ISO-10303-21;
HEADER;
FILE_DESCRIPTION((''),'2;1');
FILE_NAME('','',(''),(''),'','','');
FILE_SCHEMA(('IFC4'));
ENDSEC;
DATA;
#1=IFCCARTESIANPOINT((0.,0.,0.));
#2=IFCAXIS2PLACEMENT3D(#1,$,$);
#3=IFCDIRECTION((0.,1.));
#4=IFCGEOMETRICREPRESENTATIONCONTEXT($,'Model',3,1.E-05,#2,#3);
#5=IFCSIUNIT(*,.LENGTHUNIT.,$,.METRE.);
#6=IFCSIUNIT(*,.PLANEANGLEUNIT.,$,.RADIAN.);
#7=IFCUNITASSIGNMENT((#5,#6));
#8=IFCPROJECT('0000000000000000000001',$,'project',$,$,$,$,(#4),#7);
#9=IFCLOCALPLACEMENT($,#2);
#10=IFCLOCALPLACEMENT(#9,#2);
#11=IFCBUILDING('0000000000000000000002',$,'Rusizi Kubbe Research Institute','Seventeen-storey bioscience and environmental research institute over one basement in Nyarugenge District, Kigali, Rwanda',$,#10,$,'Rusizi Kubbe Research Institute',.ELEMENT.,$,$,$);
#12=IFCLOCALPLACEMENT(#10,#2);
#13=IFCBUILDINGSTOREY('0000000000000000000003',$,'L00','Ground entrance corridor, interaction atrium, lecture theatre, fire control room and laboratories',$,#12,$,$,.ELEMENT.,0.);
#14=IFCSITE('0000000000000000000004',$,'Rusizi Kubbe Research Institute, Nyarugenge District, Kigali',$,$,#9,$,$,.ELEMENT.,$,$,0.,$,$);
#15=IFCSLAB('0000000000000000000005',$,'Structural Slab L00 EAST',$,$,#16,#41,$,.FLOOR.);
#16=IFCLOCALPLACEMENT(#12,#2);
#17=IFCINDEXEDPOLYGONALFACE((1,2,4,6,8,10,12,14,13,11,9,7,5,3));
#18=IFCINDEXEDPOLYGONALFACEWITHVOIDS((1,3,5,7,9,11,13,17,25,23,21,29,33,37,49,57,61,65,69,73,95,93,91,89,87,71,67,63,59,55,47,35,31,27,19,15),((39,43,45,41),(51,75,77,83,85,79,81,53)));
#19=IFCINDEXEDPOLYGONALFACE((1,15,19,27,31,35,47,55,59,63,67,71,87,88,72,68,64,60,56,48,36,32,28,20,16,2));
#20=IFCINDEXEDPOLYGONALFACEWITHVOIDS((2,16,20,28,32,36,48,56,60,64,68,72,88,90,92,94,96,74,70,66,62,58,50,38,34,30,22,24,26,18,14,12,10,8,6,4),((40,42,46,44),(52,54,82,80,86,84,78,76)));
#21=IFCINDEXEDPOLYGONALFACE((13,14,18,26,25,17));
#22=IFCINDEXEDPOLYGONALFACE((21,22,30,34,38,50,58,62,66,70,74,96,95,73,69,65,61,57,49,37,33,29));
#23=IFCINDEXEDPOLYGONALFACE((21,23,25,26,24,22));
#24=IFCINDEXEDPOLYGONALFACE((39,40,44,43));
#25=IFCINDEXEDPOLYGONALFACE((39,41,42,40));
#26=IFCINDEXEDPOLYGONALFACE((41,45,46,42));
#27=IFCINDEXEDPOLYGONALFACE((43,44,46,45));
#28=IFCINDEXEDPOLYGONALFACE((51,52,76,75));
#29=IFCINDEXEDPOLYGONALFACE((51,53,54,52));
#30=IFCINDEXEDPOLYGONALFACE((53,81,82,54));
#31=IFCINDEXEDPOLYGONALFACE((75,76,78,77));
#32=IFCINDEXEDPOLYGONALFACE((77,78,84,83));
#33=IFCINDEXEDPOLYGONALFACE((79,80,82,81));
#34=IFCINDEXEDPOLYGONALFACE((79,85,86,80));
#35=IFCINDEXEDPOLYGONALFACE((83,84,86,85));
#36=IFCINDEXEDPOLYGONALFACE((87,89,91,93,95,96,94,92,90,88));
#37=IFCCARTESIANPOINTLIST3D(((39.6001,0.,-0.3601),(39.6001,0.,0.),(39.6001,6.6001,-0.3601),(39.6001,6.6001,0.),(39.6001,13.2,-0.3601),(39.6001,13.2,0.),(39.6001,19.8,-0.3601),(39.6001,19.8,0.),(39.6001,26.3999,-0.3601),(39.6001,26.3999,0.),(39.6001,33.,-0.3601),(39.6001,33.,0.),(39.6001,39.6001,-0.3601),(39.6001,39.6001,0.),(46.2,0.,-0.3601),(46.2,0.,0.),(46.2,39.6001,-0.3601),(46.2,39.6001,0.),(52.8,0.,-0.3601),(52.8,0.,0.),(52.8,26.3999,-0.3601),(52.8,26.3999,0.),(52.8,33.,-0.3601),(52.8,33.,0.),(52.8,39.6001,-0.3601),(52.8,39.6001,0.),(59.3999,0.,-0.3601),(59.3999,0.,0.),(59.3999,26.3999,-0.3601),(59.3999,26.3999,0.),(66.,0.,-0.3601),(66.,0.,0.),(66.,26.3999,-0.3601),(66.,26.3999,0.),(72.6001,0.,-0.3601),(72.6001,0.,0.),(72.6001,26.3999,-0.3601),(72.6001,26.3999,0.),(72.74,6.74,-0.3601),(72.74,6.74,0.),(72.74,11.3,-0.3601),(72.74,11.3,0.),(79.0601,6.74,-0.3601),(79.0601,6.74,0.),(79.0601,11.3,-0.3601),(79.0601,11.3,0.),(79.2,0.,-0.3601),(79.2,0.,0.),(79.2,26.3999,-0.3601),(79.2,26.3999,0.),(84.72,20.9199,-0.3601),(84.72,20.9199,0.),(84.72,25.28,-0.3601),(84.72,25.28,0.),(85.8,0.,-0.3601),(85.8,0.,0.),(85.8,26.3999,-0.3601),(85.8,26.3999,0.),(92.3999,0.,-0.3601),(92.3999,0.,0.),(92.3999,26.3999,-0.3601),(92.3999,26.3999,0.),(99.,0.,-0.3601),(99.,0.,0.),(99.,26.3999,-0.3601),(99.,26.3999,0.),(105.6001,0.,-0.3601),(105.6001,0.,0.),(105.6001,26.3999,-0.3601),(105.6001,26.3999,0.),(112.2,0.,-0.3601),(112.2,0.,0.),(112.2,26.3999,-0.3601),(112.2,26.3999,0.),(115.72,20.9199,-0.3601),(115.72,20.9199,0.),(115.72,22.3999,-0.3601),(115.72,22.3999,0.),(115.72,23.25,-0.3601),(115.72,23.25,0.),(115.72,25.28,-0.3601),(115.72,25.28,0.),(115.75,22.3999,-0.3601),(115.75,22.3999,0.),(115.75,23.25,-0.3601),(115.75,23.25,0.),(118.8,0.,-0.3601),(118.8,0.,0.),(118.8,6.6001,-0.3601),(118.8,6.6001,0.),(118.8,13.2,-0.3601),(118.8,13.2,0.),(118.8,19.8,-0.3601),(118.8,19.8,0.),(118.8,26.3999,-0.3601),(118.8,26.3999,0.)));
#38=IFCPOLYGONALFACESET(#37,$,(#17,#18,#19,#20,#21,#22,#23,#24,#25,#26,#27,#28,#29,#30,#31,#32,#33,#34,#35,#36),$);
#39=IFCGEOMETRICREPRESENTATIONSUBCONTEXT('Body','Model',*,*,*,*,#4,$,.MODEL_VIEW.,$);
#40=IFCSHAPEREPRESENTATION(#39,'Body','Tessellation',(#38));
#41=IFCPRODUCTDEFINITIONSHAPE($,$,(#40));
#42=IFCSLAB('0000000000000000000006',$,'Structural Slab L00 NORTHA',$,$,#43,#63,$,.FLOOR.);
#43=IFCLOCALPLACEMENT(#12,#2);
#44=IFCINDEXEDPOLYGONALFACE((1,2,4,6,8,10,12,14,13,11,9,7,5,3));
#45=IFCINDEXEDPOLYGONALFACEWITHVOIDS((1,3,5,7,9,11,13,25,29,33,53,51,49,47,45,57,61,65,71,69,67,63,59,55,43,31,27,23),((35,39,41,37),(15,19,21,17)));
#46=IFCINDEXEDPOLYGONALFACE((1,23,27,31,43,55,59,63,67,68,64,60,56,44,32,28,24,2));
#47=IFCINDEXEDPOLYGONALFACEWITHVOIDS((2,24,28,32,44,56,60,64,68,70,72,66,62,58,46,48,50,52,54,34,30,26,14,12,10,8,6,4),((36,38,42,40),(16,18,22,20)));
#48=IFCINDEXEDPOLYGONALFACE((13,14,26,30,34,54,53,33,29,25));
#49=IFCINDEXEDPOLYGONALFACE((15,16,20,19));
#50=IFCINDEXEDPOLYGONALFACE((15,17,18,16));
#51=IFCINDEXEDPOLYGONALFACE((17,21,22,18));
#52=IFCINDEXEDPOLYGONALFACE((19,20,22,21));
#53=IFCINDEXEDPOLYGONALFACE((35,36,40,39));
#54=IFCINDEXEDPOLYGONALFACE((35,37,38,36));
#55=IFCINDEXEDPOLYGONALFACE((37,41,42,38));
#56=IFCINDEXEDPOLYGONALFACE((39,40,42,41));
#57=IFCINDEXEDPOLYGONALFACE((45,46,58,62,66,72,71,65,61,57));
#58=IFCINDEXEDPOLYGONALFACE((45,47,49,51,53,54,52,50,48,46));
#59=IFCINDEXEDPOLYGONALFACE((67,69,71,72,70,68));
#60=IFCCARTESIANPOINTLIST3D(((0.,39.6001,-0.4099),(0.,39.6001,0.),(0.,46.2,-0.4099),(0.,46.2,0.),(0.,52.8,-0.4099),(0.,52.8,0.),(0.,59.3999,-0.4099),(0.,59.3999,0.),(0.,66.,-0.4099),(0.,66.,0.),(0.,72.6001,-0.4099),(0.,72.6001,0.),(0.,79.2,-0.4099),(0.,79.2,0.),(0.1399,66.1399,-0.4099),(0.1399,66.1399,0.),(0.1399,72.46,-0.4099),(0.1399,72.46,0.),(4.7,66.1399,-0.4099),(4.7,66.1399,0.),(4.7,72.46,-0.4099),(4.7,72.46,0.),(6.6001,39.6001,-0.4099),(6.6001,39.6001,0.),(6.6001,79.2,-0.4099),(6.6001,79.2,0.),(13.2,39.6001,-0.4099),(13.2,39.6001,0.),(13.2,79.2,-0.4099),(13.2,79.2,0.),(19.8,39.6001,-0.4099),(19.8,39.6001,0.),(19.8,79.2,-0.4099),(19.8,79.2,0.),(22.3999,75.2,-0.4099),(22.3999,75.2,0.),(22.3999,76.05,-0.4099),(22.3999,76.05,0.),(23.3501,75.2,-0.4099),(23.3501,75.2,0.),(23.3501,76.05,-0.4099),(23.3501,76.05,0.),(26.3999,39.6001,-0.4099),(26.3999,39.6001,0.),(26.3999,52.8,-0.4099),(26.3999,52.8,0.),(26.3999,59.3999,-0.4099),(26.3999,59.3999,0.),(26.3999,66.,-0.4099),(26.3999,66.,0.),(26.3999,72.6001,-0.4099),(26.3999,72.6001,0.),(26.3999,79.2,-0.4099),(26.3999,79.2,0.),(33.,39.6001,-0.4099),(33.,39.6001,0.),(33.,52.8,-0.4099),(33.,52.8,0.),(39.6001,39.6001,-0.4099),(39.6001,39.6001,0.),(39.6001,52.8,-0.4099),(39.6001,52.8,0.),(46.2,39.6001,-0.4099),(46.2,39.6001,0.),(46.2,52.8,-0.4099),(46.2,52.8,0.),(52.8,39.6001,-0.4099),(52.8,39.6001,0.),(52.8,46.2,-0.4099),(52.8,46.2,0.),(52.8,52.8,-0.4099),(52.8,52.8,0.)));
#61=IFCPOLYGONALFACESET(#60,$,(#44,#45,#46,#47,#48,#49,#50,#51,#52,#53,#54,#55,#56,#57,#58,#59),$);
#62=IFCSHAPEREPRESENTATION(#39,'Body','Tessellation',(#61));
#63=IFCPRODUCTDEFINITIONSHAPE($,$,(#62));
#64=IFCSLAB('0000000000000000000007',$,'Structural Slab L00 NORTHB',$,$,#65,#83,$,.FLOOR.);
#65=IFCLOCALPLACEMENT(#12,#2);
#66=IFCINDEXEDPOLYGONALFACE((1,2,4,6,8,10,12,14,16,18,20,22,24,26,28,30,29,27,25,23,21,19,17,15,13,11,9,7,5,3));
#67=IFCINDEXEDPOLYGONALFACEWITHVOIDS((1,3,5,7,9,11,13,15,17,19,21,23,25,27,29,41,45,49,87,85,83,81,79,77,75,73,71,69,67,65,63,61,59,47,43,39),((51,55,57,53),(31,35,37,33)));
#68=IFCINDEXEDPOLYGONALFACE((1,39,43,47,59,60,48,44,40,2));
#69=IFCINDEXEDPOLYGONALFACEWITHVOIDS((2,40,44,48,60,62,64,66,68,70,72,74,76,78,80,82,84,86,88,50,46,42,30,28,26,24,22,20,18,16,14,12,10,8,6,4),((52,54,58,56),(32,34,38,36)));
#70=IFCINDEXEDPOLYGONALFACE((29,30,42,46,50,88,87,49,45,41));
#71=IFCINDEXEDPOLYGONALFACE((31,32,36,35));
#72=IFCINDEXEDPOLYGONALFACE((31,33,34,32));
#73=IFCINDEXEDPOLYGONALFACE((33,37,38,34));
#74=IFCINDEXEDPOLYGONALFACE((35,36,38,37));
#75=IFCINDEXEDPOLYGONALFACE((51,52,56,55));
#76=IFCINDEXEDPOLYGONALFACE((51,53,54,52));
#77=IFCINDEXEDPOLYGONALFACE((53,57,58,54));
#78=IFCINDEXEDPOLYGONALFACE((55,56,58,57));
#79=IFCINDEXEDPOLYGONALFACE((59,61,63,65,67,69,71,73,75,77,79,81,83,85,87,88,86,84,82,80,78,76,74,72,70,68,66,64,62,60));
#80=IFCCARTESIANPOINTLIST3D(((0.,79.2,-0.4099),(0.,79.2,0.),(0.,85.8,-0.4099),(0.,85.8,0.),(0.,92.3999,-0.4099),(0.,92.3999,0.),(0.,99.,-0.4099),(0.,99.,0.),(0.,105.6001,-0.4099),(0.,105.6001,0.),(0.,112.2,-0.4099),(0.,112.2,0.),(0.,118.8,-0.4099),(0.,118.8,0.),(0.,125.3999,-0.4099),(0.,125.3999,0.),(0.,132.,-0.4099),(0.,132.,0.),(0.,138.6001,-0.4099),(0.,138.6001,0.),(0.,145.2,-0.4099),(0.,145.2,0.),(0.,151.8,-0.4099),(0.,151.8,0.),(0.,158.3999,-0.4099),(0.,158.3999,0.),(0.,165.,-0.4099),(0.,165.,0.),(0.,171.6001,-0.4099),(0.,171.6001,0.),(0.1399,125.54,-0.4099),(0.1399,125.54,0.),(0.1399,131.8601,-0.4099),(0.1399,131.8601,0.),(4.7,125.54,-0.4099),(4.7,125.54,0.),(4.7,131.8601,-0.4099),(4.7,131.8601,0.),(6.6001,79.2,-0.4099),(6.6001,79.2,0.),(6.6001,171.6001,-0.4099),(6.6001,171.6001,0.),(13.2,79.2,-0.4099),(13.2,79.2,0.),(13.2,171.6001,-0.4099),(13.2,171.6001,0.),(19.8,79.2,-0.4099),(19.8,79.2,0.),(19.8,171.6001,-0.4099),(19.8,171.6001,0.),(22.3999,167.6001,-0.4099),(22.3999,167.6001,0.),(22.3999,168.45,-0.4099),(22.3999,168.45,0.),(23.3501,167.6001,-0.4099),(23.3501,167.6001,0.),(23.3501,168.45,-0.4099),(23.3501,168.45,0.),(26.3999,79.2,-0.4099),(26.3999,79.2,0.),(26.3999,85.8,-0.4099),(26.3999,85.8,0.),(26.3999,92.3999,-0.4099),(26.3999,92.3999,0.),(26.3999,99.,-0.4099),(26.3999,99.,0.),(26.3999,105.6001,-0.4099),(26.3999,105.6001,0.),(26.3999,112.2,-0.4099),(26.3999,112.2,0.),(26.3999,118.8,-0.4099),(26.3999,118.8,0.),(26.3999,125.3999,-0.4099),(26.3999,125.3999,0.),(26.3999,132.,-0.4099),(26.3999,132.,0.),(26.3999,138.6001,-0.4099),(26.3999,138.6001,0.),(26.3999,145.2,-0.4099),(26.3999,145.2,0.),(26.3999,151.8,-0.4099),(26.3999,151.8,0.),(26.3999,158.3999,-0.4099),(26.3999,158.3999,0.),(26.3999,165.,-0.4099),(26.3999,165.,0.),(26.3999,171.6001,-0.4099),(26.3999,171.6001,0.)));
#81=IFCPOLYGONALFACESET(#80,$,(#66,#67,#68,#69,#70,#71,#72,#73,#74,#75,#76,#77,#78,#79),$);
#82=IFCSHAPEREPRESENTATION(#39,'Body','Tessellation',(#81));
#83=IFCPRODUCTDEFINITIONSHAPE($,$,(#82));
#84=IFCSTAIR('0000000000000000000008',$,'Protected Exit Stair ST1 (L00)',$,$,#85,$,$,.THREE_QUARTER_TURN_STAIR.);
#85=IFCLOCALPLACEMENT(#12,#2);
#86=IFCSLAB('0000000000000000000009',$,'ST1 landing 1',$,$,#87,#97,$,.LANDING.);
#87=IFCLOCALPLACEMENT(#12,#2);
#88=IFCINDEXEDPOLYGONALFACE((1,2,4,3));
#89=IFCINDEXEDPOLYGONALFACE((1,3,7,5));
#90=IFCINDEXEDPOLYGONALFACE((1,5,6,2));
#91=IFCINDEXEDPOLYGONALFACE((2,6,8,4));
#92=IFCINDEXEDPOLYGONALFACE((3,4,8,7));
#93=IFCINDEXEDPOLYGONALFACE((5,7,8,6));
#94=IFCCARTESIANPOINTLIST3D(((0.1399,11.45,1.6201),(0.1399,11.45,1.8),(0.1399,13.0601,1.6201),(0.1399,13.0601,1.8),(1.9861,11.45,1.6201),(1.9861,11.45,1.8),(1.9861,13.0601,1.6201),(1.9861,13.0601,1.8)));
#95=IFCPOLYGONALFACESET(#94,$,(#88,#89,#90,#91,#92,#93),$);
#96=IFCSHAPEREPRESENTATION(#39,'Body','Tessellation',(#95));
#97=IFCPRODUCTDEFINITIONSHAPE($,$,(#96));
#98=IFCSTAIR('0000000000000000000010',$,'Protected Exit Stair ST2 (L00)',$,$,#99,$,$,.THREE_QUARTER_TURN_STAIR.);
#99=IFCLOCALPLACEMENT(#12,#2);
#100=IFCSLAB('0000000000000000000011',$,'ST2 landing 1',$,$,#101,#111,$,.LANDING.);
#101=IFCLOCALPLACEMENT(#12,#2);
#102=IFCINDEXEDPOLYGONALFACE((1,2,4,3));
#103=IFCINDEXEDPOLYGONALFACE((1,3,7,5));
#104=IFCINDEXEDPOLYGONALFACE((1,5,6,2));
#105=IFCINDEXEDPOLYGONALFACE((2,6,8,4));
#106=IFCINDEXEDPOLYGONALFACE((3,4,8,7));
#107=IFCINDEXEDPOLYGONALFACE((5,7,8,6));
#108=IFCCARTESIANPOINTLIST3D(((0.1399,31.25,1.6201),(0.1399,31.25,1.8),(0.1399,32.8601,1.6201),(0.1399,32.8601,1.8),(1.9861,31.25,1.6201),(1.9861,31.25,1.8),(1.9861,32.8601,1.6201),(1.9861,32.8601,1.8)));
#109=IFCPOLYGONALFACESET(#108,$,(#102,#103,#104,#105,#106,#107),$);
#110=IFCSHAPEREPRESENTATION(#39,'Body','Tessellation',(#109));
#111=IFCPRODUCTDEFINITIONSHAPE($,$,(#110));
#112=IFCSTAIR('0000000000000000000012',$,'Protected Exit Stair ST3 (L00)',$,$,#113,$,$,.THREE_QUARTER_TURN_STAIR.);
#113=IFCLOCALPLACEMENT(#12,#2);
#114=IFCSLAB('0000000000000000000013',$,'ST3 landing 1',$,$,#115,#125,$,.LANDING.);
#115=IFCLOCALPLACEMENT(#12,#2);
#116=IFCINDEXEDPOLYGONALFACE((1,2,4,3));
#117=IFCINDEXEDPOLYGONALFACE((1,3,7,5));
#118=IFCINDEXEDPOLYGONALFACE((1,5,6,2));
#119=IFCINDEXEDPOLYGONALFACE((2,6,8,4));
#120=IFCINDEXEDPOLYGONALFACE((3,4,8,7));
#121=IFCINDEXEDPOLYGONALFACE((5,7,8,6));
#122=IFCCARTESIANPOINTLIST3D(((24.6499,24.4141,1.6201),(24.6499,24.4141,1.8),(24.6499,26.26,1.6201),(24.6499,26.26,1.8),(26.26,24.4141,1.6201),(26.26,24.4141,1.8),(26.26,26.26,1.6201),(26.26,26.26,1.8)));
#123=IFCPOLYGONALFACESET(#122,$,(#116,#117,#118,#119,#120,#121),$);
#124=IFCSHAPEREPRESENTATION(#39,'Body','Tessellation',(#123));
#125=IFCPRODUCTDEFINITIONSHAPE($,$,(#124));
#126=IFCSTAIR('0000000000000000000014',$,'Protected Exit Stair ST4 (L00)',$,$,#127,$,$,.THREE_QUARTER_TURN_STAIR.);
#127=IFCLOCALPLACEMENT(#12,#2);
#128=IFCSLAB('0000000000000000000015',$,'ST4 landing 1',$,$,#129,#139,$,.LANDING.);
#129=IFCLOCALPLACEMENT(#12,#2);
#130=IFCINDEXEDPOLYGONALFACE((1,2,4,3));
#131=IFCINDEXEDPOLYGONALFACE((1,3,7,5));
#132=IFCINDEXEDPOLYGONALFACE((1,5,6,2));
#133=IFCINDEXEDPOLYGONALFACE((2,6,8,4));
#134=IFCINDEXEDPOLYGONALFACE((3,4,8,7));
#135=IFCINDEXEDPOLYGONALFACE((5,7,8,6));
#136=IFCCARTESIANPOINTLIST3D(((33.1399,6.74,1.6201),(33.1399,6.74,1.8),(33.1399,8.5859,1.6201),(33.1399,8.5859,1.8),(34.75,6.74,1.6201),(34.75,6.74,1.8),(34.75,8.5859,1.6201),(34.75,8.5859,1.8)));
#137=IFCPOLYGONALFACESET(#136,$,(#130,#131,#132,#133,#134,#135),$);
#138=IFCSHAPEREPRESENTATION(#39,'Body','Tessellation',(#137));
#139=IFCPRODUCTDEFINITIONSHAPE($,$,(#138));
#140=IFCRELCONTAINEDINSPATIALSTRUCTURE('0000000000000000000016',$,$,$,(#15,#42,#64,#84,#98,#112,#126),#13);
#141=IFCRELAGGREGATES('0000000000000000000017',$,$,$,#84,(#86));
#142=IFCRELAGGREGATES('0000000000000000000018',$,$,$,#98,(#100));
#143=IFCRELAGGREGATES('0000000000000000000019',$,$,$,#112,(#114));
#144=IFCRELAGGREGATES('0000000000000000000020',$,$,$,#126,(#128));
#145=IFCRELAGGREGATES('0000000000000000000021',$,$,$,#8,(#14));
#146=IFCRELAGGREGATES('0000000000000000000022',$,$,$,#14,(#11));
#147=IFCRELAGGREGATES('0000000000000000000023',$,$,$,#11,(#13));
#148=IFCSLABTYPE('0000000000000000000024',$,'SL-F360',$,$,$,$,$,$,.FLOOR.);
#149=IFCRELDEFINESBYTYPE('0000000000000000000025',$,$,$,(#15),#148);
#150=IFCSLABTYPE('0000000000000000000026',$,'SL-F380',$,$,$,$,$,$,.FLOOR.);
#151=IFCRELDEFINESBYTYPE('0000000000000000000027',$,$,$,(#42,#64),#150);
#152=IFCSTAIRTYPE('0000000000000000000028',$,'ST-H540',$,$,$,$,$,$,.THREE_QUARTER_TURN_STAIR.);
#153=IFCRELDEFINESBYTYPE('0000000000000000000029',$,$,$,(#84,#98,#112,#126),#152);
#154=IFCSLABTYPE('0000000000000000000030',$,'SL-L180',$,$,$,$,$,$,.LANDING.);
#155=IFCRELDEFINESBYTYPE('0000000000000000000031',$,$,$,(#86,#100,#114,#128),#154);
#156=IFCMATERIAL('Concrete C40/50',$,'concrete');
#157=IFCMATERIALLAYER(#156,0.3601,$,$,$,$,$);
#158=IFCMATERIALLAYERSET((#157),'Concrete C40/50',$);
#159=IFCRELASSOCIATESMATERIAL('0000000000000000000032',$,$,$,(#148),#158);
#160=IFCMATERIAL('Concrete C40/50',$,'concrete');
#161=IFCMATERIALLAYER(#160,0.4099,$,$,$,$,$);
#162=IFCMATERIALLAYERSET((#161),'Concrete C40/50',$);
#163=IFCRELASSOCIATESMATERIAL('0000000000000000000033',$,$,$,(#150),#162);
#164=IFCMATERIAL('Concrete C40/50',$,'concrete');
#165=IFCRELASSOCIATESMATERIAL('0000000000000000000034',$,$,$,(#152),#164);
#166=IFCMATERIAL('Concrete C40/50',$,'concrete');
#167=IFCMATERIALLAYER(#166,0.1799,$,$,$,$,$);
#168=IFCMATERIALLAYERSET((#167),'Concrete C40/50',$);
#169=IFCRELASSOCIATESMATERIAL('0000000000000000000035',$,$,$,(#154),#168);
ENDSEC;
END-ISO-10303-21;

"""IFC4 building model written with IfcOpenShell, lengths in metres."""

from ifc_helpers import new_model, si_unit, direction, frame, origin, place, context, subcontext, project, spatial, polyline, outline, extrude, material, layer, layer_set, type_object, element, aggregate, save


model = new_model("IFC4")

# Units and contexts
model_context = context("Model", 3, precision=1e-05, world=origin(), true_north=direction((0.0, 1.0)))
body_context = subcontext(model_context, "Body", "Model", "MODEL_VIEW")
ifc_project = project(units=[si_unit("LENGTHUNIT", "METRE"), si_unit("PLANEANGLEUNIT", "RADIAN")], contexts=[model_context])

# Site, building, storey
site_placement = place(None, origin())
site = spatial("IfcSite", under=ifc_project, at=site_placement, Name="Rusizi Kubbe Research Institute, Nyarugenge District, Kigali", CompositionType="ELEMENT", RefElevation=0.0)
building_placement = place(site_placement, origin())
building = spatial("IfcBuilding", under=site, at=building_placement, Name="Rusizi Kubbe Research Institute", Description="Seventeen-storey bioscience and environmental research institute over one basement in Nyarugenge District, Kigali, Rwanda", LongName="Rusizi Kubbe Research Institute", CompositionType="ELEMENT")
storey_placement = place(building_placement, origin())
storey = spatial("IfcBuildingStorey", under=building, at=storey_placement, Name="L00", Description="Ground entrance corridor, interaction atrium, lecture theatre, fire control room and laboratories", CompositionType="ELEMENT", Elevation=0.0)

# Slabs
ifc_material_1 = material(Name="Concrete C40/50", Category="concrete")
ifc_layer_1 = layer(ifc_material_1, 0.3601)
ifc_layer_set_1 = layer_set([ifc_layer_1], Name="Concrete C40/50")
slab_type_1 = type_object("IfcSlabType", Name="SL-F360", PredefinedType="FLOOR", material=ifc_layer_set_1)
slab_1_placement = place(storey_placement, frame((0.0, 0.0, -0.3601)))
element("IfcSlab", 1, at=slab_1_placement, inside=storey, type_object=slab_type_1, Name="Structural Slab L00 EAST", PredefinedType="FLOOR", context=body_context, shape_type="SweptSolid", body=[
    extrude(outline(polyline([(39.6001, 33.0), (39.6001, 39.6001), (46.2, 39.6001), (52.8, 39.6001), (52.8, 33.0), (52.8, 26.3999), (59.3999, 26.3999), (66.0, 26.3999), (72.6001, 26.3999), (79.2, 26.3999), (85.8, 26.3999), (92.3999, 26.3999), (99.0, 26.3999), (105.6001, 26.3999), (112.2, 26.3999), (118.8, 26.3999), (118.8, 19.8), (118.8, 13.2), (118.8, 6.6001), (118.8, 0.0), (112.2, 0.0), (105.6001, 0.0), (99.0, 0.0), (92.3999, 0.0), (85.8, 0.0), (79.2, 0.0), (72.6001, 0.0), (66.0, 0.0), (59.3999, 0.0), (52.8, 0.0), (46.2, 0.0), (39.6001, 0.0), (39.6001, 6.6001), (39.6001, 13.2), (39.6001, 19.8), (39.6001, 26.3999), (39.6001, 33.0)]), holes=[polyline([(79.0601, 11.3), (72.74, 11.3), (72.74, 6.74), (79.0601, 6.74), (79.0601, 11.3)]), polyline([(115.75, 22.3999), (115.75, 23.25), (115.72, 23.25), (115.72, 25.28), (84.72, 25.28), (84.72, 20.9199), (115.72, 20.9199), (115.72, 22.3999), (115.75, 22.3999)])]), origin(), (0.0, 0.0, 1.0), 0.3601),
])
ifc_material_2 = material(Name="Concrete C40/50", Category="concrete")
ifc_layer_2 = layer(ifc_material_2, 0.4099)
ifc_layer_set_2 = layer_set([ifc_layer_2], Name="Concrete C40/50")
slab_type_2 = type_object("IfcSlabType", Name="SL-F380", PredefinedType="FLOOR", material=ifc_layer_set_2)
slab_2_placement = place(storey_placement, frame((0.0, 0.0, -0.4099)))
element("IfcSlab", 2, at=slab_2_placement, inside=storey, type_object=slab_type_2, Name="Structural Slab L00 NORTHA", PredefinedType="FLOOR", context=body_context, shape_type="SweptSolid", body=[
    extrude(outline(polyline([(0.0, 72.6001), (0.0, 79.2), (6.6001, 79.2), (13.2, 79.2), (19.8, 79.2), (26.3999, 79.2), (26.3999, 72.6001), (26.3999, 66.0), (26.3999, 59.3999), (26.3999, 52.8), (33.0, 52.8), (39.6001, 52.8), (46.2, 52.8), (52.8, 52.8), (52.8, 46.2), (52.8, 39.6001), (46.2, 39.6001), (39.6001, 39.6001), (33.0, 39.6001), (26.3999, 39.6001), (19.8, 39.6001), (13.2, 39.6001), (6.6001, 39.6001), (0.0, 39.6001), (0.0, 46.2), (0.0, 52.8), (0.0, 59.3999), (0.0, 66.0), (0.0, 72.6001)]), holes=[polyline([(4.7, 72.46), (0.1399, 72.46), (0.1399, 66.1399), (4.7, 66.1399), (4.7, 72.46)]), polyline([(23.3501, 76.05), (22.3999, 76.05), (22.3999, 75.2), (23.3501, 75.2), (23.3501, 76.05)])]), origin(), (0.0, 0.0, 1.0), 0.4099),
])
slab_3_placement = place(storey_placement, frame((0.0, 0.0, -0.4099)))
element("IfcSlab", 3, at=slab_3_placement, inside=storey, type_object=slab_type_2, Name="Structural Slab L00 NORTHB", PredefinedType="FLOOR", context=body_context, shape_type="SweptSolid", body=[
    extrude(outline(polyline([(0.0, 105.6001), (0.0, 112.2), (0.0, 118.8), (0.0, 125.3999), (0.0, 132.0), (0.0, 138.6001), (0.0, 145.2), (0.0, 151.8), (0.0, 158.3999), (0.0, 165.0), (0.0, 171.6001), (6.6001, 171.6001), (13.2, 171.6001), (19.8, 171.6001), (26.3999, 171.6001), (26.3999, 165.0), (26.3999, 158.3999), (26.3999, 151.8), (26.3999, 145.2), (26.3999, 138.6001), (26.3999, 132.0), (26.3999, 125.3999), (26.3999, 118.8), (26.3999, 112.2), (26.3999, 105.6001), (26.3999, 99.0), (26.3999, 92.3999), (26.3999, 85.8), (26.3999, 79.2), (19.8, 79.2), (13.2, 79.2), (6.6001, 79.2), (0.0, 79.2), (0.0, 85.8), (0.0, 92.3999), (0.0, 99.0), (0.0, 105.6001)]), holes=[polyline([(0.1399, 131.8601), (0.1399, 125.54), (4.7, 125.54), (4.7, 131.8601), (0.1399, 131.8601)]), polyline([(23.3501, 168.45), (22.3999, 168.45), (22.3999, 167.6001), (23.3501, 167.6001), (23.3501, 168.45)])]), origin(), (0.0, 0.0, 1.0), 0.4099),
])

# Stairs, slabs
ifc_material_3 = material(Name="Concrete C40/50", Category="concrete")
stair_type = type_object("IfcStairType", Name="ST-H540", PredefinedType="THREE_QUARTER_TURN_STAIR", material=ifc_material_3)
stair_1_placement = place(storey_placement, origin())
stair_1 = element("IfcStair", 4, at=stair_1_placement, inside=storey, type_object=stair_type, Name="Protected Exit Stair ST1 (L00)", PredefinedType="THREE_QUARTER_TURN_STAIR")
ifc_material_4 = material(Name="Concrete C40/50", Category="concrete")
ifc_layer_3 = layer(ifc_material_4, 0.1799)
ifc_layer_set_3 = layer_set([ifc_layer_3], Name="Concrete C40/50")
slab_type_3 = type_object("IfcSlabType", Name="SL-L180", PredefinedType="LANDING", material=ifc_layer_set_3)
slab_4_placement = place(storey_placement, frame((0.0, 0.0, 1.6201)))
slab_4 = element("IfcSlab", 5, at=slab_4_placement, type_object=slab_type_3, Name="ST1 landing 1", PredefinedType="LANDING", context=body_context, shape_type="SweptSolid", body=[
    extrude(outline(polyline([(1.9861, 13.0601), (0.1399, 13.0601), (0.1399, 11.45), (1.9861, 11.45), (1.9861, 13.0601)])), origin(), (0.0, 0.0, 1.0), 0.1799),
])
aggregate(stair_1, [slab_4])
stair_2_placement = place(storey_placement, origin())
stair_2 = element("IfcStair", 6, at=stair_2_placement, inside=storey, type_object=stair_type, Name="Protected Exit Stair ST2 (L00)", PredefinedType="THREE_QUARTER_TURN_STAIR")
slab_5_placement = place(storey_placement, frame((0.0, 0.0, 1.6201)))
slab_5 = element("IfcSlab", 7, at=slab_5_placement, type_object=slab_type_3, Name="ST2 landing 1", PredefinedType="LANDING", context=body_context, shape_type="SweptSolid", body=[
    extrude(outline(polyline([(1.9861, 32.8601), (0.1399, 32.8601), (0.1399, 31.25), (1.9861, 31.25), (1.9861, 32.8601)])), origin(), (0.0, 0.0, 1.0), 0.1799),
])
aggregate(stair_2, [slab_5])
stair_3_placement = place(storey_placement, origin())
stair_3 = element("IfcStair", 8, at=stair_3_placement, inside=storey, type_object=stair_type, Name="Protected Exit Stair ST3 (L00)", PredefinedType="THREE_QUARTER_TURN_STAIR")
slab_6_placement = place(storey_placement, frame((0.0, 0.0, 1.6201)))
slab_6 = element("IfcSlab", 9, at=slab_6_placement, type_object=slab_type_3, Name="ST3 landing 1", PredefinedType="LANDING", context=body_context, shape_type="SweptSolid", body=[
    extrude(outline(polyline([(26.26, 24.4141), (26.26, 26.26), (24.6499, 26.26), (24.6499, 24.4141), (26.26, 24.4141)])), origin(), (0.0, 0.0, 1.0), 0.1799),
])
aggregate(stair_3, [slab_6])
stair_4_placement = place(storey_placement, origin())
stair_4 = element("IfcStair", 10, at=stair_4_placement, inside=storey, type_object=stair_type, Name="Protected Exit Stair ST4 (L00)", PredefinedType="THREE_QUARTER_TURN_STAIR")
slab_7_placement = place(storey_placement, frame((0.0, 0.0, 1.6201)))
slab_7 = element("IfcSlab", 11, at=slab_7_placement, type_object=slab_type_3, Name="ST4 landing 1", PredefinedType="LANDING", context=body_context, shape_type="SweptSolid", body=[
    extrude(outline(polyline([(33.1399, 8.5859), (33.1399, 6.74), (34.75, 6.74), (34.75, 8.5859), (33.1399, 8.5859)])), origin(), (0.0, 0.0, 1.0), 0.1799),
])
aggregate(stair_4, [slab_7])

save(model, "model.ifc")
